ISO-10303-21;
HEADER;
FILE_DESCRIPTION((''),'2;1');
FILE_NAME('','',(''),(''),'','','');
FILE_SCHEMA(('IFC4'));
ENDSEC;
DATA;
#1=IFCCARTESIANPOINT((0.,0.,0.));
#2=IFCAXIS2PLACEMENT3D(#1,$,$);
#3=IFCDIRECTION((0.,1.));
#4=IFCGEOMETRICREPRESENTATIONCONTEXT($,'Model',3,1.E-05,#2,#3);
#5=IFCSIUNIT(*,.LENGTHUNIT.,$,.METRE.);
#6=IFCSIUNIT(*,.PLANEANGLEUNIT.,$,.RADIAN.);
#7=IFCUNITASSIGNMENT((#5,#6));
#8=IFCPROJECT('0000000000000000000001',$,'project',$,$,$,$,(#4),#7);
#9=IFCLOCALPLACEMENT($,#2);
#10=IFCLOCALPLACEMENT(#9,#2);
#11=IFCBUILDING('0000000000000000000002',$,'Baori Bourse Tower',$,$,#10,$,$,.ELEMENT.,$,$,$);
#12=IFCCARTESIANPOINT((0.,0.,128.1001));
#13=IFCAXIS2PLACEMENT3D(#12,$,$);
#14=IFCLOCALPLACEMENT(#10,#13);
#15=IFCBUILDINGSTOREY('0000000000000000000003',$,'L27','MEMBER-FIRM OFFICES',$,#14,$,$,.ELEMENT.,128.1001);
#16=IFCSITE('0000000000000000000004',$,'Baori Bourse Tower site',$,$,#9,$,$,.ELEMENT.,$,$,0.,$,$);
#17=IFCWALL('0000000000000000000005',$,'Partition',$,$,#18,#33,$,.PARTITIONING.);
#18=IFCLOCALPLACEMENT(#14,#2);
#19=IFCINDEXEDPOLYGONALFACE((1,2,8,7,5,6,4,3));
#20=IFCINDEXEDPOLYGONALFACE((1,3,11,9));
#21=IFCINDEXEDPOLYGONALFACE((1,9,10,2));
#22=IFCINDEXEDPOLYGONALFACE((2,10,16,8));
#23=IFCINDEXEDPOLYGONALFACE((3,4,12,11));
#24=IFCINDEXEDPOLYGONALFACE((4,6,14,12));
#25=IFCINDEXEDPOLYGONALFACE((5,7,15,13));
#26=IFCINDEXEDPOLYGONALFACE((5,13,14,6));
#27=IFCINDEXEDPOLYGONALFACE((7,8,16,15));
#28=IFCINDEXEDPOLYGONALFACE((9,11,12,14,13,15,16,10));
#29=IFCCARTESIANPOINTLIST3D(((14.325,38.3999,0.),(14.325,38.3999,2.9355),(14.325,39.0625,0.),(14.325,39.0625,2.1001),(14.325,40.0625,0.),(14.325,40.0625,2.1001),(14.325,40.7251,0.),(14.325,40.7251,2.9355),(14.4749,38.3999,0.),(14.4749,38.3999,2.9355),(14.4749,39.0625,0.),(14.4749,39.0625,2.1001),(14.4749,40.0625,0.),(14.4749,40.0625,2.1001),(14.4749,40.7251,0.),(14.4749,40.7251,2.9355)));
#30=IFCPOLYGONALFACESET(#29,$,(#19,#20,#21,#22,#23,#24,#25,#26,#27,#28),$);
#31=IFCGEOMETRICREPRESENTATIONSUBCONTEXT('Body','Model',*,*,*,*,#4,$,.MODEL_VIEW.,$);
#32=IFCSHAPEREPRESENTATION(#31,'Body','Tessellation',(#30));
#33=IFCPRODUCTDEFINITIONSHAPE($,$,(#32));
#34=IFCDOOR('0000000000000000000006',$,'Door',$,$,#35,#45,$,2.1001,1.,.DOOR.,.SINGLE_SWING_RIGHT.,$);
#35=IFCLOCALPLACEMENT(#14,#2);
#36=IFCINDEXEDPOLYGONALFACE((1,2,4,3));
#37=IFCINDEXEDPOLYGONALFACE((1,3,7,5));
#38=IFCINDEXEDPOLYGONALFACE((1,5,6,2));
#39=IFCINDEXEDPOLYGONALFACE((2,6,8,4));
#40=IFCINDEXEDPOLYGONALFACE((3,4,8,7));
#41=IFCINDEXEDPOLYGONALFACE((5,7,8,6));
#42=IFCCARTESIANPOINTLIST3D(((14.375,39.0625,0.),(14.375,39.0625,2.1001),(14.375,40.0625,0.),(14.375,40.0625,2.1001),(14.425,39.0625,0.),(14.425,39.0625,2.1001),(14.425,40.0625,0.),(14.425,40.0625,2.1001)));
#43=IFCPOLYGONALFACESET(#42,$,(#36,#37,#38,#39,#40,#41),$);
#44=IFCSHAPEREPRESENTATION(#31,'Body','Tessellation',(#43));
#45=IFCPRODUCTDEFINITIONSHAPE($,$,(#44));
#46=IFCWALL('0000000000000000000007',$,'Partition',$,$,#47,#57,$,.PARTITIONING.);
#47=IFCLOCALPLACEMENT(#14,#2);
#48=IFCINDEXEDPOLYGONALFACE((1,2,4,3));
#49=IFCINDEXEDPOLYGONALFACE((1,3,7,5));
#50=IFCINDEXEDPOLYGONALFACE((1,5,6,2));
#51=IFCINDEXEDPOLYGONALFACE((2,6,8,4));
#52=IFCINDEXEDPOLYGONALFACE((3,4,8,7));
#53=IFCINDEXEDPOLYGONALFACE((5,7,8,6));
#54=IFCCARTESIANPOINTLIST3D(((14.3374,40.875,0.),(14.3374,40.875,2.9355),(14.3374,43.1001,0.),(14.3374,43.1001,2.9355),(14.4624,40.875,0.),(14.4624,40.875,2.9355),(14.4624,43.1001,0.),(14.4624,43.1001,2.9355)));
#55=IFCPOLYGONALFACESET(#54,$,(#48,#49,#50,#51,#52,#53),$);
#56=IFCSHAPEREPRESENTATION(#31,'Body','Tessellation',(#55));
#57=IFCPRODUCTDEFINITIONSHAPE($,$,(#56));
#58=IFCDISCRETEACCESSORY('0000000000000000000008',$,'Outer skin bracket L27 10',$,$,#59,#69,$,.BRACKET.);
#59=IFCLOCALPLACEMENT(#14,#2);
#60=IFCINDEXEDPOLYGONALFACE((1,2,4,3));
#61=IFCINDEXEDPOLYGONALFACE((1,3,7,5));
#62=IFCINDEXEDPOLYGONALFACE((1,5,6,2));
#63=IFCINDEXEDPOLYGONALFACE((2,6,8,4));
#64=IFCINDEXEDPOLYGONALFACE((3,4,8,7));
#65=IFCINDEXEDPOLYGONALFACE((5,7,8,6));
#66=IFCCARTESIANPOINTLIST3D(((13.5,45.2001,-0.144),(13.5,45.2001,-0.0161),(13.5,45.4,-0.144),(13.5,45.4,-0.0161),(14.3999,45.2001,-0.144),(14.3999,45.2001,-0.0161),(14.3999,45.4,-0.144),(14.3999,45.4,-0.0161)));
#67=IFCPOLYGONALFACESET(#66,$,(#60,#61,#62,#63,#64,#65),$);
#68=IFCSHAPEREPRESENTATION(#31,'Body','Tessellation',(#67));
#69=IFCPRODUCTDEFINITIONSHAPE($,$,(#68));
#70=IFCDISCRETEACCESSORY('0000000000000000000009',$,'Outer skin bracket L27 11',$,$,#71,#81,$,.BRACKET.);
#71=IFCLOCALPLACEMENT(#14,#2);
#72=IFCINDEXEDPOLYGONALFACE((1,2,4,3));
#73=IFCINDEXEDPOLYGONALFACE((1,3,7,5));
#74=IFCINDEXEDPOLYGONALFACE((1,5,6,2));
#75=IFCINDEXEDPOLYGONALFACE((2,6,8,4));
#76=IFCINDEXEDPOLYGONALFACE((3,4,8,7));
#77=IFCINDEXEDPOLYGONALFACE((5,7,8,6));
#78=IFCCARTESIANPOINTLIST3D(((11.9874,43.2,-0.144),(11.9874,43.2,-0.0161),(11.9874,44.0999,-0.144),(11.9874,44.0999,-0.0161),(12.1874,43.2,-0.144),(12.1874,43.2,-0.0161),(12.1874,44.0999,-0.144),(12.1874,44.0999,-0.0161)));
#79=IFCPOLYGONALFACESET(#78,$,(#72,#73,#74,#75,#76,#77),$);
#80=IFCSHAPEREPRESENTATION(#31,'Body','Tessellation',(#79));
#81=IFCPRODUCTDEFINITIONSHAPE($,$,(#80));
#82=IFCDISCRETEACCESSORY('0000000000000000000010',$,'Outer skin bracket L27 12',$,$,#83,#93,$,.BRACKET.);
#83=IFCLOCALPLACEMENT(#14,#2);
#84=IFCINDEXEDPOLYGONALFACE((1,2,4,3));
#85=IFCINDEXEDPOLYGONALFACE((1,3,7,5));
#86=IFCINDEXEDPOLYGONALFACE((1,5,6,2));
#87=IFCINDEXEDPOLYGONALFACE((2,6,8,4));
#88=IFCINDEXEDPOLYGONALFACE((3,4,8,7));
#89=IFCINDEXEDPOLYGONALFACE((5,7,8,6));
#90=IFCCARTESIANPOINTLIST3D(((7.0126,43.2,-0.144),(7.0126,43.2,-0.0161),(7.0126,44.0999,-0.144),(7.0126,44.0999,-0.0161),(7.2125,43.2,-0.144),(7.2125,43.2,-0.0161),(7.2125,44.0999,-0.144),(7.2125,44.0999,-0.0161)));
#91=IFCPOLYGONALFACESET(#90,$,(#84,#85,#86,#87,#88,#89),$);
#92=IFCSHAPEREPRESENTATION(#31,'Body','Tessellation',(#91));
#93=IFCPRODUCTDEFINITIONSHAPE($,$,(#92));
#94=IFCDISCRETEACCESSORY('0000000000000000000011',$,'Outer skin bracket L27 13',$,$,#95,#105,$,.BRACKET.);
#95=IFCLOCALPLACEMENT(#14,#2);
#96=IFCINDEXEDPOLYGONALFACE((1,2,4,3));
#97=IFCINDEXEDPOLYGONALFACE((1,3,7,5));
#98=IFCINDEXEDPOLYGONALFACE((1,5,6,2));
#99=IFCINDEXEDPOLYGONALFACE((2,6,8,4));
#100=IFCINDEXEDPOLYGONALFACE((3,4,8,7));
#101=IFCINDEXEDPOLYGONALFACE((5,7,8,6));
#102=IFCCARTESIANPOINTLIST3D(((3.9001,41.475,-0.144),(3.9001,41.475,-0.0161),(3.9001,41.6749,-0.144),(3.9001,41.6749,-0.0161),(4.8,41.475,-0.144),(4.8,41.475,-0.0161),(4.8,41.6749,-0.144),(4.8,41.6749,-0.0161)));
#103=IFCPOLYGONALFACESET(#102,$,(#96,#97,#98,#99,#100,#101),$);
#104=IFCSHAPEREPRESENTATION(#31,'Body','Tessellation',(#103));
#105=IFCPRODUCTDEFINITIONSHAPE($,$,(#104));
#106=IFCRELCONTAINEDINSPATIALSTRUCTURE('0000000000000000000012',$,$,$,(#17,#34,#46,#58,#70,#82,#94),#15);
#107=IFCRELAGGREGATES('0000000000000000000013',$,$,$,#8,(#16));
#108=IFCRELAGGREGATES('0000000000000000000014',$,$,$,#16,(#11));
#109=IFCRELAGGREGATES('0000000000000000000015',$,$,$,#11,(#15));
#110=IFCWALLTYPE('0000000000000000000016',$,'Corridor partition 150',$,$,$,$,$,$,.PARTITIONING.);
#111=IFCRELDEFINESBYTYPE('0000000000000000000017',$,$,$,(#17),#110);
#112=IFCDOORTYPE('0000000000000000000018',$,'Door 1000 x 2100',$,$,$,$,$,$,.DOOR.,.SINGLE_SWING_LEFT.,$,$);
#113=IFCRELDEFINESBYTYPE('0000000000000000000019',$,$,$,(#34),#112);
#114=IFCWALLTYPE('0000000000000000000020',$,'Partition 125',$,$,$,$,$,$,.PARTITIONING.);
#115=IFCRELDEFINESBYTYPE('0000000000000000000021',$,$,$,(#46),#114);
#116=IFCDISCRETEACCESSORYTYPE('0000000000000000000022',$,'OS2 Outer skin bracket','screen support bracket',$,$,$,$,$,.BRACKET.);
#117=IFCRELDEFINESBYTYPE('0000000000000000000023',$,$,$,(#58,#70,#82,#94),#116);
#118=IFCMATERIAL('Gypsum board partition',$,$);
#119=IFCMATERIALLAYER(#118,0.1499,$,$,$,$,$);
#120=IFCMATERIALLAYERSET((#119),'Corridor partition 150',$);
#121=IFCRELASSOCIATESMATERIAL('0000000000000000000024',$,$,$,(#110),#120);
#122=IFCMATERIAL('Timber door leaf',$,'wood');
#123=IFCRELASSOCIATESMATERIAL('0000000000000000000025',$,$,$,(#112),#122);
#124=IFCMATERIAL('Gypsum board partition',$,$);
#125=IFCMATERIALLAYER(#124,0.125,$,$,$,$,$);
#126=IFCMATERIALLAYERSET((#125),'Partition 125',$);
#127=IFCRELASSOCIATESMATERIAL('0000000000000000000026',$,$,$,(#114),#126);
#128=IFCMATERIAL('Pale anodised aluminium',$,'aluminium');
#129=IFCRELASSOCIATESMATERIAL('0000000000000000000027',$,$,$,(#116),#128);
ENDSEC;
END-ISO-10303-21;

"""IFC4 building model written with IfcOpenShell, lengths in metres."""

from ifc_helpers import new_model, si_unit, direction, frame, frame_2d, origin, origin_2d, place, context, subcontext, project, spatial, rectangle, extrude, material, layer, layer_set, type_object, element, fill, save


model = new_model("IFC4")

# Units and contexts
model_context = context("Model", 3, precision=1e-05, world=origin(), true_north=direction((0.0, 1.0)))
body_context = subcontext(model_context, "Body", "Model", "MODEL_VIEW")
ifc_project = project(units=[si_unit("LENGTHUNIT", "METRE"), si_unit("PLANEANGLEUNIT", "RADIAN")], contexts=[model_context])

# Site, building, storey
site_placement = place(None, origin())
site = spatial("IfcSite", under=ifc_project, at=site_placement, Name="Baori Bourse Tower site", CompositionType="ELEMENT", RefElevation=0.0)
building_placement = place(site_placement, origin())
building = spatial("IfcBuilding", under=site, at=building_placement, Name="Baori Bourse Tower", CompositionType="ELEMENT")
storey_placement = place(building_placement, frame((0.0, 0.0, 128.1001)))
storey = spatial("IfcBuildingStorey", under=building, at=storey_placement, Name="L27", Description="MEMBER-FIRM OFFICES", CompositionType="ELEMENT", Elevation=128.1001)

# Shared definitions
ifc_material_1 = material(Name="Gypsum board partition")
ifc_layer_1 = layer(ifc_material_1, 0.1499)
ifc_layer_set_1 = layer_set([ifc_layer_1], Name="Corridor partition 150")
wall_type_1 = type_object("IfcWallType", Name="Corridor partition 150", PredefinedType="PARTITIONING", material=ifc_layer_set_1)
ifc_material_2 = material(Name="Timber door leaf", Category="wood")
door_type_1 = type_object("IfcDoorType", Name="Door 1000 x 2100", OperationType="SINGLE_SWING_LEFT", PredefinedType="DOOR", material=ifc_material_2)

# Wall, opening, door
wall_1_placement = place(storey_placement, frame((14.3999, 38.3999, 0.0), z_axis=(0.0, 0.0, 1.0), x_axis=(0.0, 1.0, 0.0)))
wall_1 = element("IfcWall", 1, at=wall_1_placement, inside=storey, type_object=wall_type_1, Name="Partition", PredefinedType="PARTITIONING", context=body_context, shape_type="SweptSolid", body=[
    extrude(rectangle(XDim=2.3252, YDim=0.1499, at=frame_2d((1.1626, 0.0))), origin(), (0.0, 0.0, 1.0), 2.9355),
])
opening_1_placement = place(wall_1_placement, frame((0.6626, 0.0, 0.0)))
opening_1 = element("IfcOpeningElement", 2, at=opening_1_placement, cuts=wall_1, PredefinedType="OPENING", context=body_context, shape_type="SweptSolid", body=[
    extrude(rectangle(XDim=1.0, YDim=2.1001, at=frame_2d((0.5, 1.05))), frame((0.0, 0.085, 0.0), z_axis=(0.0, -1.0, 0.0), x_axis=(1.0, 0.0, 0.0)), (0.0, 0.0, 1.0), 0.1699),
])
door_1_placement = place(opening_1_placement, origin())
door_1 = element("IfcDoor", 3, at=door_1_placement, inside=storey, type_object=door_type_1, Name="Door", OperationType="SINGLE_SWING_RIGHT", OverallHeight=2.1001, OverallWidth=1.0, PredefinedType="DOOR", context=body_context, shape_type="SweptSolid", body=[
    extrude(rectangle(XDim=1.0, YDim=2.1001, at=frame_2d((0.5, 1.05))), frame((0.0, 0.0249, 0.0), z_axis=(0.0, -1.0, 0.0), x_axis=(1.0, 0.0, 0.0)), (0.0, 0.0, 1.0), 0.05),
])
fill(opening_1, door_1)

# Wall
ifc_material_3 = material(Name="Gypsum board partition")
ifc_layer_2 = layer(ifc_material_3, 0.125)
ifc_layer_set_2 = layer_set([ifc_layer_2], Name="Partition 125")
wall_type_2 = type_object("IfcWallType", Name="Partition 125", PredefinedType="PARTITIONING", material=ifc_layer_set_2)
wall_2_placement = place(storey_placement, frame((14.3999, 40.875, 0.0), z_axis=(0.0, 0.0, 1.0), x_axis=(0.0, 1.0, 0.0)))
element("IfcWall", 4, at=wall_2_placement, inside=storey, type_object=wall_type_2, Name="Partition", PredefinedType="PARTITIONING", context=body_context, shape_type="SweptSolid", body=[
    extrude(rectangle(XDim=2.2251, YDim=0.125, at=frame_2d((1.1125, 0.0))), origin(), (0.0, 0.0, 1.0), 2.9355),
])

# Discrete accessories
ifc_material_4 = material(Name="Pale anodised aluminium", Category="aluminium")
discrete_accessory_type = type_object("IfcDiscreteAccessoryType", Name="OS2 Outer skin bracket", Description="screen support bracket", PredefinedType="BRACKET", material=ifc_material_4)
for number, where, z_axis, x_axis, name in (
    (5, (13.95, 45.3, -0.144), (0.0, 0.0, 1.0), (0.0, -1.0, 0.0), "Outer skin bracket L27 10"),
    (6, (12.0874, 43.6499, -0.144), (0.0, 0.0, 1.0), (-1.0, 0.0, 0.0), "Outer skin bracket L27 11"),
    (7, (7.1125, 43.6499, -0.144), (0.0, 0.0, 1.0), (-1.0, 0.0, 0.0), "Outer skin bracket L27 12"),
    (8, (4.3501, 41.575, -0.144), (0.0, 0.0, 1.0), (0.0, -1.0, 0.0), "Outer skin bracket L27 13"),
):
    element("IfcDiscreteAccessory", number, at=place(storey_placement, frame(where, z_axis=z_axis, x_axis=x_axis)), inside=storey, type_object=discrete_accessory_type, Name=name, PredefinedType="BRACKET", context=body_context, shape_type="SweptSolid", body=[
        extrude(rectangle(XDim=0.2, YDim=0.8999, at=origin_2d()), origin(), (0.0, 0.0, 1.0), 0.1279),
    ])

save(model, "model.ifc")
